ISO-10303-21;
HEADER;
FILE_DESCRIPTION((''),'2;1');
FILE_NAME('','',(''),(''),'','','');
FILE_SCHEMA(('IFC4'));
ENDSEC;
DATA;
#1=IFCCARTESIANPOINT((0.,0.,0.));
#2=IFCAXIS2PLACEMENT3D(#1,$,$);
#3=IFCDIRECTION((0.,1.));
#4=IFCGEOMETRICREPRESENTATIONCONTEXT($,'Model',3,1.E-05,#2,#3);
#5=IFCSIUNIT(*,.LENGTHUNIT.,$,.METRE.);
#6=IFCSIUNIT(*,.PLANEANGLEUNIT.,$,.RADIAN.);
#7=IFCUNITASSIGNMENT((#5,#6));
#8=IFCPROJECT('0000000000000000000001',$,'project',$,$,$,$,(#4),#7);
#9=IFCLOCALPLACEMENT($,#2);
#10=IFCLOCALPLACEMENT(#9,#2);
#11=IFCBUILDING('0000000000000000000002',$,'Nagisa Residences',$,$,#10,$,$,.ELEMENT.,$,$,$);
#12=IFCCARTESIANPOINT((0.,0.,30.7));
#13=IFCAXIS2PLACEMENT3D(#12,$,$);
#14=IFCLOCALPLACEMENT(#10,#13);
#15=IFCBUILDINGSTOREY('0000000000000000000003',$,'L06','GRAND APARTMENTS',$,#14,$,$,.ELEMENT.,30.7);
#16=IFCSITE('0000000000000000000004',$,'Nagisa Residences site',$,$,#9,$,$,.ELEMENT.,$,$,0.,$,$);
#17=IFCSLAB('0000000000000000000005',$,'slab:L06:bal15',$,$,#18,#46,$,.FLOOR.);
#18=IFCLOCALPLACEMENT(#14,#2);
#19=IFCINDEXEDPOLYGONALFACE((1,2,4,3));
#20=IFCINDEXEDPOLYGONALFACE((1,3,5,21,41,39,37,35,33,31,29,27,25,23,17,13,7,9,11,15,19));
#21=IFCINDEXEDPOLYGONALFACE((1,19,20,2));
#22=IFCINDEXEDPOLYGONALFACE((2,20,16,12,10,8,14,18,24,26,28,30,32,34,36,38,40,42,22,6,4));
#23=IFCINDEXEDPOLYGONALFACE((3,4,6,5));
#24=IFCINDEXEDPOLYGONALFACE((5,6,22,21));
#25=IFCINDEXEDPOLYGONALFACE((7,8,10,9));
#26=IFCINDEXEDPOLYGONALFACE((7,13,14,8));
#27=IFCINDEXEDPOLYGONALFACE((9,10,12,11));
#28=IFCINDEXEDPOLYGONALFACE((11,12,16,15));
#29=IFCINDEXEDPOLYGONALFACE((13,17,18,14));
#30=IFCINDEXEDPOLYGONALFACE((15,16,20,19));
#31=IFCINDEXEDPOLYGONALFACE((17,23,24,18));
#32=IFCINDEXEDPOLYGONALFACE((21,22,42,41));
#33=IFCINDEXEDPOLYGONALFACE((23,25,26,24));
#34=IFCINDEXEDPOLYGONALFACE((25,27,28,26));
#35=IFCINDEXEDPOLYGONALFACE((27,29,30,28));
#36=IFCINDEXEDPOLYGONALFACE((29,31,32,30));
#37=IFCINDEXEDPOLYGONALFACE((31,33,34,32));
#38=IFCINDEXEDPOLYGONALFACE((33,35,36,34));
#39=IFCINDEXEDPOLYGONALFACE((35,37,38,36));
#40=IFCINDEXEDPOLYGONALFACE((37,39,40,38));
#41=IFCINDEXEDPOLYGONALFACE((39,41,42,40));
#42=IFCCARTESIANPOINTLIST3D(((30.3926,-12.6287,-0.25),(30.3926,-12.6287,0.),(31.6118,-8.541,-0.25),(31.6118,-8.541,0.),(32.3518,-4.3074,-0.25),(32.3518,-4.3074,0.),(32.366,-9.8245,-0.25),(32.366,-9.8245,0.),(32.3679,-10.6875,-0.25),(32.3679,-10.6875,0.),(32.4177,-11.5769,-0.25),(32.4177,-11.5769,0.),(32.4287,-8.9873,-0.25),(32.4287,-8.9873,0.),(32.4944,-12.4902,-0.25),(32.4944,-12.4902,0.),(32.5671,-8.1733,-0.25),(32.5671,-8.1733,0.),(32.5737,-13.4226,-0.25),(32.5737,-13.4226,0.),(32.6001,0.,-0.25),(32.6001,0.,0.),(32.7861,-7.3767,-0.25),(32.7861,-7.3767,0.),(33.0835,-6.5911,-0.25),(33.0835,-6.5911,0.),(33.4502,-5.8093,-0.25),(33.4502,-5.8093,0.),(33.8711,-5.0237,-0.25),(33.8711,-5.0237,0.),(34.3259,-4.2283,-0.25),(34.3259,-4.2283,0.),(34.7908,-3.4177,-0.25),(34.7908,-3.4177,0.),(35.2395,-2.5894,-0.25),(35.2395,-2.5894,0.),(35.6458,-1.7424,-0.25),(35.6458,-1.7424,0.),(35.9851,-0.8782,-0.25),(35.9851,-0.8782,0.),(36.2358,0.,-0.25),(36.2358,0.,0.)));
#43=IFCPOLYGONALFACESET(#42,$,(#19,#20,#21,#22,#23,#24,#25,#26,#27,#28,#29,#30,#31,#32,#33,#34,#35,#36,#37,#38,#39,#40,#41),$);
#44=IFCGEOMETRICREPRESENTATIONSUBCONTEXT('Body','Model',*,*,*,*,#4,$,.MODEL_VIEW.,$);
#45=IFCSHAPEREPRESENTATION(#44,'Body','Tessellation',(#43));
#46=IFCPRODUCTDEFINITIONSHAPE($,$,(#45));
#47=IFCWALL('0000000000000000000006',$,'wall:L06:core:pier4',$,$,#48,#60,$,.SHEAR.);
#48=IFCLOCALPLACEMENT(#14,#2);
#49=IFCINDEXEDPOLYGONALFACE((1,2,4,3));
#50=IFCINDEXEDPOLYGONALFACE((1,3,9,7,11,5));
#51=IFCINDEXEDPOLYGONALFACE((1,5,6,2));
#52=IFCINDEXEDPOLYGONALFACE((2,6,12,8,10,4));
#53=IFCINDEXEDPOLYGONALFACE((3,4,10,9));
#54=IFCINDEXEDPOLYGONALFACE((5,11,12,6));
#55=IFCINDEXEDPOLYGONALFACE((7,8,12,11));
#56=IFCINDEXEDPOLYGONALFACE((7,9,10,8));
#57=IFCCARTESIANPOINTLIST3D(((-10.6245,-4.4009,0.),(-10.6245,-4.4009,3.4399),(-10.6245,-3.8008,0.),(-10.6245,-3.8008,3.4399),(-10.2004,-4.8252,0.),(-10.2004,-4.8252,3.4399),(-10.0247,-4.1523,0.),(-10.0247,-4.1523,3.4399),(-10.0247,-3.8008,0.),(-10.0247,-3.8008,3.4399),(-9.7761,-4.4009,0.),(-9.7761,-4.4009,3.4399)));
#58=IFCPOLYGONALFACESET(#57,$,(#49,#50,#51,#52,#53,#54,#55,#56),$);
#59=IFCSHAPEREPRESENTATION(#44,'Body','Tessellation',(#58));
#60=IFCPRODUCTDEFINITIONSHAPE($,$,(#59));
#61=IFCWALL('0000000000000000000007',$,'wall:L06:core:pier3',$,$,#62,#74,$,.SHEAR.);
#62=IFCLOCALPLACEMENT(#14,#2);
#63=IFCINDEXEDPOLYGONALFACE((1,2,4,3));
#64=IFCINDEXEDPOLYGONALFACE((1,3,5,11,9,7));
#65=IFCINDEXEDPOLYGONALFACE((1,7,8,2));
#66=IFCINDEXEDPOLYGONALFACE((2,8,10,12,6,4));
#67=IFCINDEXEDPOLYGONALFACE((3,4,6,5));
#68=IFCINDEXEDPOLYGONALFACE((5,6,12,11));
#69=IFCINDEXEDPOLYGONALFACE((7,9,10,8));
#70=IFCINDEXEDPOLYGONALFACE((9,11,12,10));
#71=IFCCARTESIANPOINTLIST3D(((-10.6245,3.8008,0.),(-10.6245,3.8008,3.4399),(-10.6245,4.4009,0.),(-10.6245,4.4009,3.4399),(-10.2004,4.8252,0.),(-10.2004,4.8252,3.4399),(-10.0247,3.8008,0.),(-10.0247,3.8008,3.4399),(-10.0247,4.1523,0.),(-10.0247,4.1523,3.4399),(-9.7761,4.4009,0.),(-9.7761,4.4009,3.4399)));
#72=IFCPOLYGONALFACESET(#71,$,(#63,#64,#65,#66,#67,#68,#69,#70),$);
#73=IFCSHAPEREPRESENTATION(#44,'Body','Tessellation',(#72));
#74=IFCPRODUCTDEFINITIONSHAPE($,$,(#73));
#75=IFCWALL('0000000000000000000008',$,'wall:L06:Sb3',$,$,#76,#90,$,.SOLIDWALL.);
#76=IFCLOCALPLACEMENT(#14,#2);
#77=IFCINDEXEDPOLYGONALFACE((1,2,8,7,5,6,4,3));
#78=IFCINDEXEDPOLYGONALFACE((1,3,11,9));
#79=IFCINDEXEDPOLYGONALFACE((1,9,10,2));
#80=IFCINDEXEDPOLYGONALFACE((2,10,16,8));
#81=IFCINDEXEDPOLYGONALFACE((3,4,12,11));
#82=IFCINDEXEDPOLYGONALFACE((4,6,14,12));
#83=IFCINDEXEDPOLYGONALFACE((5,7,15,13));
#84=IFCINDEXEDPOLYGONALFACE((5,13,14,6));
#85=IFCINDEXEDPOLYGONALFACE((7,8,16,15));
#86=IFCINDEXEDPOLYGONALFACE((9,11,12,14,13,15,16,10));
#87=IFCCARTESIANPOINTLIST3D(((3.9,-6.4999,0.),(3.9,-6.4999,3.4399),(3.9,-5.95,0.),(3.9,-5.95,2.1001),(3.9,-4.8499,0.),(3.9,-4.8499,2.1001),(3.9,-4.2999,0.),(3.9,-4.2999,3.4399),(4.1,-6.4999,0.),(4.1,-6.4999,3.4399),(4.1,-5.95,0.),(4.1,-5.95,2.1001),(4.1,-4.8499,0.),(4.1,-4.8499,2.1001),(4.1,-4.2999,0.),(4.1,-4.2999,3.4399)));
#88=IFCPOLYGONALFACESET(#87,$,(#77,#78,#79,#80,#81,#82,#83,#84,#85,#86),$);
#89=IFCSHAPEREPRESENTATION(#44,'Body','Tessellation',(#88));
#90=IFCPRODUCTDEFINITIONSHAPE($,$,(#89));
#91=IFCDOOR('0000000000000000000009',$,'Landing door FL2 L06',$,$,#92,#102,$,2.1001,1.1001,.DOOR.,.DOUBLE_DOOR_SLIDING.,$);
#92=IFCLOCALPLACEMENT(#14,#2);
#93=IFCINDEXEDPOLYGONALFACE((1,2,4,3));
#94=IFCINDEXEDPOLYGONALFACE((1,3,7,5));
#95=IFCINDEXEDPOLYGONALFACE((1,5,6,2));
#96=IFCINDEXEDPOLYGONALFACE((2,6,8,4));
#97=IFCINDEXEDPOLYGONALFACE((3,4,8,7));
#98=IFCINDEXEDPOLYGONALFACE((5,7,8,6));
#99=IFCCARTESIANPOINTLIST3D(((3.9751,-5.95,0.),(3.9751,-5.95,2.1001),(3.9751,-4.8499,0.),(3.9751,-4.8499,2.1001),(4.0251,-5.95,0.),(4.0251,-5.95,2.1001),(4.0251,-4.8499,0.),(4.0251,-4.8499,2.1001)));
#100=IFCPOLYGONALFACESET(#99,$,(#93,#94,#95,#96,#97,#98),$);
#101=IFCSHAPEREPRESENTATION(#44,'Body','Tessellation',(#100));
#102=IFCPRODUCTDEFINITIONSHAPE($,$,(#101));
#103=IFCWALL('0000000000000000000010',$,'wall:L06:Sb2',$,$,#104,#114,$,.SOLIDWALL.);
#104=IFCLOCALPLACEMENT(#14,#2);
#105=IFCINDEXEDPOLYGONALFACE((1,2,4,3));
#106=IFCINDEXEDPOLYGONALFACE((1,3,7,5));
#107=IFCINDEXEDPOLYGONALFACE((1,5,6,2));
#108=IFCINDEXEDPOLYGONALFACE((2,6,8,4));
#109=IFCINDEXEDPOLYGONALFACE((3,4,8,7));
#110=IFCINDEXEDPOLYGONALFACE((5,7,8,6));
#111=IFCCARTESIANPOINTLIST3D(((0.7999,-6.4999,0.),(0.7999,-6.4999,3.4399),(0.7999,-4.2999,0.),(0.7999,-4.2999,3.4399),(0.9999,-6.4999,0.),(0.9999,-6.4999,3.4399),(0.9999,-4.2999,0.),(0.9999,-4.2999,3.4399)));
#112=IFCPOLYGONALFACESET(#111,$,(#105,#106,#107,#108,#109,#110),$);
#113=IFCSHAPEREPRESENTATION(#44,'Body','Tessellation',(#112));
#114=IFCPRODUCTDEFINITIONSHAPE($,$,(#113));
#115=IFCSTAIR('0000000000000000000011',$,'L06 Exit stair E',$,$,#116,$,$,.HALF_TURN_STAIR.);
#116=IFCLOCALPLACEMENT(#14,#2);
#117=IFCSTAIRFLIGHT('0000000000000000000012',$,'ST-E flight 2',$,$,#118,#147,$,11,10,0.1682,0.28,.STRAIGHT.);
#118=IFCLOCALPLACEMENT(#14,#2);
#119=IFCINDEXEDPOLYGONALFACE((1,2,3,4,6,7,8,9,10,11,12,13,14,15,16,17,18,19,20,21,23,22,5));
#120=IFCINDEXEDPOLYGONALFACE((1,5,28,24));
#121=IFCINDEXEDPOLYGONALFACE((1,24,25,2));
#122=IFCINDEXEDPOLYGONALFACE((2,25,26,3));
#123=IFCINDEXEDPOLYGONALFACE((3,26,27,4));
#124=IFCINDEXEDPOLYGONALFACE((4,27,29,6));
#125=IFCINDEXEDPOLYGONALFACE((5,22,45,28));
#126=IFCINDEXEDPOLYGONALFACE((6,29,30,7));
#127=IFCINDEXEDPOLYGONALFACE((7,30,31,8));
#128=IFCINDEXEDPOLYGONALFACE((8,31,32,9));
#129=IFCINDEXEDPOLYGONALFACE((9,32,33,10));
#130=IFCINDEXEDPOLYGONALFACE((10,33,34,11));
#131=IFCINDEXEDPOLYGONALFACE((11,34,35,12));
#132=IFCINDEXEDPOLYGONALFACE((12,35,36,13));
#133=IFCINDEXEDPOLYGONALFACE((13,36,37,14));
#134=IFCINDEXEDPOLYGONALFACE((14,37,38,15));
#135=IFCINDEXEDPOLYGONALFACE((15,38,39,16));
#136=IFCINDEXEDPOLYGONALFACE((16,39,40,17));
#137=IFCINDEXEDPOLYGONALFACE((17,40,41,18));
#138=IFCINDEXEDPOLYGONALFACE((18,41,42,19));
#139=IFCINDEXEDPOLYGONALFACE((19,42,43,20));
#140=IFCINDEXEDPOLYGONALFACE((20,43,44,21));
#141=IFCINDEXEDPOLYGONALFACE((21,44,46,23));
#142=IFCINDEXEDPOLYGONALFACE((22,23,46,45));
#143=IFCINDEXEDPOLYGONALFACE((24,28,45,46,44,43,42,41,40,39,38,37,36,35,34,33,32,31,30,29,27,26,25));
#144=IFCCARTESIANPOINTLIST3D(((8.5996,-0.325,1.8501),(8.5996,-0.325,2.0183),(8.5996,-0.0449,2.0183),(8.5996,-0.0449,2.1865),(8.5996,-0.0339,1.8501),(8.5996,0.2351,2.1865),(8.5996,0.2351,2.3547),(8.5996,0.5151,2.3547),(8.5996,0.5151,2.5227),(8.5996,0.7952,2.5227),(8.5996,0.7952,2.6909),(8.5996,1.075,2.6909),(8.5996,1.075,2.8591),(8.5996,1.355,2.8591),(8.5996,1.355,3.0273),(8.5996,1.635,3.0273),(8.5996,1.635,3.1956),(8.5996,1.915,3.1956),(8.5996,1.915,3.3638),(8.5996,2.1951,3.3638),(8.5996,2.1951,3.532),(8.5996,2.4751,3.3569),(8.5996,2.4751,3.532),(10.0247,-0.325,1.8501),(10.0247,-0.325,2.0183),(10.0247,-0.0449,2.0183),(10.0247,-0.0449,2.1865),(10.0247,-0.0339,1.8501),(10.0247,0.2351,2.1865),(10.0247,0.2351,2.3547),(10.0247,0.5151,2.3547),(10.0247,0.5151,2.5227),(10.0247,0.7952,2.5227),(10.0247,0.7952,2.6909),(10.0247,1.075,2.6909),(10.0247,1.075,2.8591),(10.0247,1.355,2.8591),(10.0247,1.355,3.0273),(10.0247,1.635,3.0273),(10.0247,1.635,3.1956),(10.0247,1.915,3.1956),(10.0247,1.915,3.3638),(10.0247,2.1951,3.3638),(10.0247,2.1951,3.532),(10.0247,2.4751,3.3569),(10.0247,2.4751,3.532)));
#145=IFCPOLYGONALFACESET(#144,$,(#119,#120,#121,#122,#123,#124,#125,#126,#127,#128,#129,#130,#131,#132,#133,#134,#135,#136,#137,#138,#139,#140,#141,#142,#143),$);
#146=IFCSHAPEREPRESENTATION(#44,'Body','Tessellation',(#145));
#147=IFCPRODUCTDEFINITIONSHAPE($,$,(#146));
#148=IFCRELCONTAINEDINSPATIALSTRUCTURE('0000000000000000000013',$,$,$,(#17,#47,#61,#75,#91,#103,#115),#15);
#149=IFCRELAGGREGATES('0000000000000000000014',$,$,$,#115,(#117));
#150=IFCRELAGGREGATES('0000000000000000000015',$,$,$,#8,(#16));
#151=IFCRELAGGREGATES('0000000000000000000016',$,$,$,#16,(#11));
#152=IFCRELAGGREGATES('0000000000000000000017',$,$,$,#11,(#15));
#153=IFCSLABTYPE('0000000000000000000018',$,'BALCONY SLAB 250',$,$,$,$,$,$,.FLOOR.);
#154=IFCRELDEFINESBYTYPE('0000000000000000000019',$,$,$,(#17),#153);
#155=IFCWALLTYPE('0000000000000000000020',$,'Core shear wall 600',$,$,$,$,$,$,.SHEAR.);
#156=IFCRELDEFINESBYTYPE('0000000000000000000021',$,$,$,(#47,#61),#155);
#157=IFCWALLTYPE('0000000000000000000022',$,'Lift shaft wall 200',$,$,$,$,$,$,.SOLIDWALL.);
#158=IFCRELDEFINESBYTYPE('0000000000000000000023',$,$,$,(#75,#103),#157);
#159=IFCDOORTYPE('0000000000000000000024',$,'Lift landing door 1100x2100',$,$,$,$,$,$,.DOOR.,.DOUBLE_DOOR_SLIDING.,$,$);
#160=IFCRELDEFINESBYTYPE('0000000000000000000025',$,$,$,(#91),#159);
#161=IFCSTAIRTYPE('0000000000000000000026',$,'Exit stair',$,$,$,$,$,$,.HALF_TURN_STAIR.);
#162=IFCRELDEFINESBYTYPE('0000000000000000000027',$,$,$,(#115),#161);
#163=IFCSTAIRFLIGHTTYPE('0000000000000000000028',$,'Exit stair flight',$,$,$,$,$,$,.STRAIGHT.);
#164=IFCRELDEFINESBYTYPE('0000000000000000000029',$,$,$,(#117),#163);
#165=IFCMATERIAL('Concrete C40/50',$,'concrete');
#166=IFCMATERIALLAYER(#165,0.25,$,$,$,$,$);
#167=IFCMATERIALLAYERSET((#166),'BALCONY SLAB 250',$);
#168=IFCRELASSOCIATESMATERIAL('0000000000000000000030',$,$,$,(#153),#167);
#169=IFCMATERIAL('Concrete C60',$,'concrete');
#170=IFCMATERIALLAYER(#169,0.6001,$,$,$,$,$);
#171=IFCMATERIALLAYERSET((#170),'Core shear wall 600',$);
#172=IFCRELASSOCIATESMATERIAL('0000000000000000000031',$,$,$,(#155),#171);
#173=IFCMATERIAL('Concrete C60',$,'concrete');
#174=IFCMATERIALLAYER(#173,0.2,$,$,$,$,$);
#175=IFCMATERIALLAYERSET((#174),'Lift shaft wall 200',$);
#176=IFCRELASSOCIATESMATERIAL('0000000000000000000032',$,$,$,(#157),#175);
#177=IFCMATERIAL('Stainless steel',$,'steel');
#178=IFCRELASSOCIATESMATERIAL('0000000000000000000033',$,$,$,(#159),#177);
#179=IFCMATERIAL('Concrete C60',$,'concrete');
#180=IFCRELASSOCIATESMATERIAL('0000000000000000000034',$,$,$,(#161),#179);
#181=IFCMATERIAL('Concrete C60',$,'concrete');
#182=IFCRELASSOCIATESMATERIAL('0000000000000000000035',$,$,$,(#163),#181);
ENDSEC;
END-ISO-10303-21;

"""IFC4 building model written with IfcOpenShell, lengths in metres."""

from ifc_helpers import new_model, si_unit, direction, frame, frame_2d, origin, place, context, subcontext, project, spatial, polyline, rectangle, outline, extrude, material, layer, layer_set, type_object, element, fill, aggregate, save


model = new_model("IFC4")

# Units and contexts
model_context = context("Model", 3, precision=1e-05, world=origin(), true_north=direction((0.0, 1.0)))
body_context = subcontext(model_context, "Body", "Model", "MODEL_VIEW")
ifc_project = project(units=[si_unit("LENGTHUNIT", "METRE"), si_unit("PLANEANGLEUNIT", "RADIAN")], contexts=[model_context])

# Site, building, storey
site_placement = place(None, origin())
site = spatial("IfcSite", under=ifc_project, at=site_placement, Name="Nagisa Residences site", CompositionType="ELEMENT", RefElevation=0.0)
building_placement = place(site_placement, origin())
building = spatial("IfcBuilding", under=site, at=building_placement, Name="Nagisa Residences", CompositionType="ELEMENT")
storey_placement = place(building_placement, frame((0.0, 0.0, 30.7)))
storey = spatial("IfcBuildingStorey", under=building, at=storey_placement, Name="L06", Description="GRAND APARTMENTS", CompositionType="ELEMENT", Elevation=30.7)

# Slab
ifc_material_1 = material(Name="Concrete C40/50", Category="concrete")
ifc_layer_1 = layer(ifc_material_1, 0.25)
ifc_layer_set_1 = layer_set([ifc_layer_1], Name="BALCONY SLAB 250")
slab_type = type_object("IfcSlabType", Name="BALCONY SLAB 250", PredefinedType="FLOOR", material=ifc_layer_set_1)
slab_1_placement = place(storey_placement, frame((0.0, 0.0, -0.25)))
element("IfcSlab", 1, at=slab_1_placement, inside=storey, type_object=slab_type, Name="slab:L06:bal15", PredefinedType="FLOOR", context=body_context, shape_type="SweptSolid", body=[
    extrude(outline(polyline([(32.5737, -13.4226), (32.4944, -12.4902), (32.4177, -11.5769), (32.3679, -10.6875), (32.366, -9.8245), (32.4287, -8.9873), (32.5671, -8.1733), (32.7861, -7.3767), (33.0835, -6.5911), (33.4502, -5.8093), (33.8711, -5.0237), (34.3259, -4.2283), (34.7908, -3.4177), (35.2395, -2.5894), (35.6458, -1.7424), (35.9851, -0.8782), (36.2358, 0.0), (32.6001, 0.0), (32.3518, -4.3074), (31.6118, -8.541), (30.3926, -12.6287), (32.5737, -13.4226)])), origin(), (0.0, 0.0, 1.0), 0.25),
])

# Walls
ifc_material_2 = material(Name="Concrete C60", Category="concrete")
ifc_layer_2 = layer(ifc_material_2, 0.6001)
ifc_layer_set_2 = layer_set([ifc_layer_2], Name="Core shear wall 600")
wall_type_1 = type_object("IfcWallType", Name="Core shear wall 600", PredefinedType="SHEAR", material=ifc_layer_set_2)
wall_1_placement = place(storey_placement, origin())
element("IfcWall", 2, at=wall_1_placement, inside=storey, type_object=wall_type_1, Name="wall:L06:core:pier4", PredefinedType="SHEAR", context=body_context, shape_type="SweptSolid", body=[
    extrude(outline(polyline([(-10.6245, -3.8008), (-10.0247, -3.8008), (-10.0247, -4.1523), (-9.7761, -4.4009), (-10.2004, -4.8252), (-10.6245, -4.4009), (-10.6245, -3.8008)])), origin(), (0.0, 0.0, 1.0), 3.4399),
])
wall_2_placement = place(storey_placement, origin())
element("IfcWall", 3, at=wall_2_placement, inside=storey, type_object=wall_type_1, Name="wall:L06:core:pier3", PredefinedType="SHEAR", context=body_context, shape_type="SweptSolid", body=[
    extrude(outline(polyline([(-10.2004, 4.8252), (-9.7761, 4.4009), (-10.0247, 4.1523), (-10.0247, 3.8008), (-10.6245, 3.8008), (-10.6245, 4.4009), (-10.2004, 4.8252)])), origin(), (0.0, 0.0, 1.0), 3.4399),
])

# Wall, opening, door
ifc_material_3 = material(Name="Concrete C60", Category="concrete")
ifc_layer_3 = layer(ifc_material_3, 0.2)
ifc_layer_set_3 = layer_set([ifc_layer_3], Name="Lift shaft wall 200")
wall_type_2 = type_object("IfcWallType", Name="Lift shaft wall 200", PredefinedType="SOLIDWALL", material=ifc_layer_set_3)
wall_3_placement = place(storey_placement, frame((4.0, -6.5, 0.0), z_axis=(0.0, 0.0, 1.0), x_axis=(0.0, 1.0, 0.0)))
wall_3 = element("IfcWall", 4, at=wall_3_placement, inside=storey, type_object=wall_type_2, Name="wall:L06:Sb3", PredefinedType="SOLIDWALL", context=body_context, shape_type="SweptSolid", body=[
    extrude(rectangle(XDim=2.2, YDim=0.2, at=frame_2d((1.1001, 0.0))), origin(), (0.0, 0.0, 1.0), 3.4399),
])
opening_placement = place(wall_3_placement, frame((0.55, 0.0, 0.0)))
opening = element("IfcOpeningElement", 5, at=opening_placement, cuts=wall_3, PredefinedType="OPENING", context=body_context, shape_type="SweptSolid", body=[
    extrude(rectangle(XDim=1.1001, YDim=2.1001, at=frame_2d((0.55, 1.05))), frame((0.0, 0.1099, 0.0), z_axis=(0.0, -1.0, 0.0), x_axis=(1.0, 0.0, 0.0)), (0.0, 0.0, 1.0), 0.22),
])
ifc_material_4 = material(Name="Stainless steel", Category="steel")
door_type = type_object("IfcDoorType", Name="Lift landing door 1100x2100", OperationType="DOUBLE_DOOR_SLIDING", PredefinedType="DOOR", material=ifc_material_4)
door_placement = place(opening_placement, origin())
door = element("IfcDoor", 6, at=door_placement, inside=storey, type_object=door_type, Name="Landing door FL2 L06", OperationType="DOUBLE_DOOR_SLIDING", OverallHeight=2.1001, OverallWidth=1.1001, PredefinedType="DOOR", context=body_context, shape_type="SweptSolid", body=[
    extrude(rectangle(XDim=1.1001, YDim=2.1001, at=frame_2d((0.55, 1.05))), frame((0.0, 0.0249, 0.0), z_axis=(0.0, -1.0, 0.0), x_axis=(1.0, 0.0, 0.0)), (0.0, 0.0, 1.0), 0.05),
])
fill(opening, door)

# Wall
wall_4_placement = place(storey_placement, frame((0.8999, -6.5, 0.0), z_axis=(0.0, 0.0, 1.0), x_axis=(0.0, 1.0, 0.0)))
element("IfcWall", 7, at=wall_4_placement, inside=storey, type_object=wall_type_2, Name="wall:L06:Sb2", PredefinedType="SOLIDWALL", context=body_context, shape_type="SweptSolid", body=[
    extrude(rectangle(XDim=2.2, YDim=0.2, at=frame_2d((1.1001, 0.0))), origin(), (0.0, 0.0, 1.0), 3.4399),
])

# Stair, stair flight
ifc_material_5 = material(Name="Concrete C60", Category="concrete")
stair_type = type_object("IfcStairType", Name="Exit stair", PredefinedType="HALF_TURN_STAIR", material=ifc_material_5)
stair_placement = place(storey_placement, origin())
stair = element("IfcStair", 8, at=stair_placement, inside=storey, type_object=stair_type, Name="L06 Exit stair E", PredefinedType="HALF_TURN_STAIR")
ifc_material_6 = material(Name="Concrete C60", Category="concrete")
stair_flight_type = type_object("IfcStairFlightType", Name="Exit stair flight", PredefinedType="STRAIGHT", material=ifc_material_6)
stair_flight_placement = place(storey_placement, frame((9.312, -0.325, 1.8501), z_axis=(0.0, 0.0, 1.0), x_axis=(0.0, 1.0, 0.0)))
stair_flight = element("IfcStairFlight", 9, at=stair_flight_placement, type_object=stair_flight_type, Name="ST-E flight 2", NumberOfRisers=11, NumberOfTreads=10, PredefinedType="STRAIGHT", RiserHeight=0.1682, TreadLength=0.28, context=body_context, shape_type="SweptSolid", body=[
    extrude(outline(polyline([(0.0, 0.0), (0.0, 0.1682), (0.28, 0.1682), (0.28, 0.3364), (0.5601, 0.3364), (0.5601, 0.5046), (0.8401, 0.5046), (0.8401, 0.6726), (1.1201, 0.6726), (1.1201, 0.8408), (1.3999, 0.8408), (1.3999, 1.009), (1.6799, 1.009), (1.6799, 1.1772), (1.96, 1.1772), (1.96, 1.3455), (2.24, 1.3455), (2.24, 1.5137), (2.52, 1.5137), (2.52, 1.6819), (2.8, 1.6819), (2.8, 1.8501), (2.8, 1.5068), (0.291, 0.0), (0.0, 0.0)])), frame((0.0, 0.7124, 0.0), z_axis=(0.0, -1.0, 0.0), x_axis=(1.0, 0.0, 0.0)), (0.0, 0.0, 1.0), 1.425),
])
aggregate(stair, [stair_flight])

save(model, "model.ifc")
